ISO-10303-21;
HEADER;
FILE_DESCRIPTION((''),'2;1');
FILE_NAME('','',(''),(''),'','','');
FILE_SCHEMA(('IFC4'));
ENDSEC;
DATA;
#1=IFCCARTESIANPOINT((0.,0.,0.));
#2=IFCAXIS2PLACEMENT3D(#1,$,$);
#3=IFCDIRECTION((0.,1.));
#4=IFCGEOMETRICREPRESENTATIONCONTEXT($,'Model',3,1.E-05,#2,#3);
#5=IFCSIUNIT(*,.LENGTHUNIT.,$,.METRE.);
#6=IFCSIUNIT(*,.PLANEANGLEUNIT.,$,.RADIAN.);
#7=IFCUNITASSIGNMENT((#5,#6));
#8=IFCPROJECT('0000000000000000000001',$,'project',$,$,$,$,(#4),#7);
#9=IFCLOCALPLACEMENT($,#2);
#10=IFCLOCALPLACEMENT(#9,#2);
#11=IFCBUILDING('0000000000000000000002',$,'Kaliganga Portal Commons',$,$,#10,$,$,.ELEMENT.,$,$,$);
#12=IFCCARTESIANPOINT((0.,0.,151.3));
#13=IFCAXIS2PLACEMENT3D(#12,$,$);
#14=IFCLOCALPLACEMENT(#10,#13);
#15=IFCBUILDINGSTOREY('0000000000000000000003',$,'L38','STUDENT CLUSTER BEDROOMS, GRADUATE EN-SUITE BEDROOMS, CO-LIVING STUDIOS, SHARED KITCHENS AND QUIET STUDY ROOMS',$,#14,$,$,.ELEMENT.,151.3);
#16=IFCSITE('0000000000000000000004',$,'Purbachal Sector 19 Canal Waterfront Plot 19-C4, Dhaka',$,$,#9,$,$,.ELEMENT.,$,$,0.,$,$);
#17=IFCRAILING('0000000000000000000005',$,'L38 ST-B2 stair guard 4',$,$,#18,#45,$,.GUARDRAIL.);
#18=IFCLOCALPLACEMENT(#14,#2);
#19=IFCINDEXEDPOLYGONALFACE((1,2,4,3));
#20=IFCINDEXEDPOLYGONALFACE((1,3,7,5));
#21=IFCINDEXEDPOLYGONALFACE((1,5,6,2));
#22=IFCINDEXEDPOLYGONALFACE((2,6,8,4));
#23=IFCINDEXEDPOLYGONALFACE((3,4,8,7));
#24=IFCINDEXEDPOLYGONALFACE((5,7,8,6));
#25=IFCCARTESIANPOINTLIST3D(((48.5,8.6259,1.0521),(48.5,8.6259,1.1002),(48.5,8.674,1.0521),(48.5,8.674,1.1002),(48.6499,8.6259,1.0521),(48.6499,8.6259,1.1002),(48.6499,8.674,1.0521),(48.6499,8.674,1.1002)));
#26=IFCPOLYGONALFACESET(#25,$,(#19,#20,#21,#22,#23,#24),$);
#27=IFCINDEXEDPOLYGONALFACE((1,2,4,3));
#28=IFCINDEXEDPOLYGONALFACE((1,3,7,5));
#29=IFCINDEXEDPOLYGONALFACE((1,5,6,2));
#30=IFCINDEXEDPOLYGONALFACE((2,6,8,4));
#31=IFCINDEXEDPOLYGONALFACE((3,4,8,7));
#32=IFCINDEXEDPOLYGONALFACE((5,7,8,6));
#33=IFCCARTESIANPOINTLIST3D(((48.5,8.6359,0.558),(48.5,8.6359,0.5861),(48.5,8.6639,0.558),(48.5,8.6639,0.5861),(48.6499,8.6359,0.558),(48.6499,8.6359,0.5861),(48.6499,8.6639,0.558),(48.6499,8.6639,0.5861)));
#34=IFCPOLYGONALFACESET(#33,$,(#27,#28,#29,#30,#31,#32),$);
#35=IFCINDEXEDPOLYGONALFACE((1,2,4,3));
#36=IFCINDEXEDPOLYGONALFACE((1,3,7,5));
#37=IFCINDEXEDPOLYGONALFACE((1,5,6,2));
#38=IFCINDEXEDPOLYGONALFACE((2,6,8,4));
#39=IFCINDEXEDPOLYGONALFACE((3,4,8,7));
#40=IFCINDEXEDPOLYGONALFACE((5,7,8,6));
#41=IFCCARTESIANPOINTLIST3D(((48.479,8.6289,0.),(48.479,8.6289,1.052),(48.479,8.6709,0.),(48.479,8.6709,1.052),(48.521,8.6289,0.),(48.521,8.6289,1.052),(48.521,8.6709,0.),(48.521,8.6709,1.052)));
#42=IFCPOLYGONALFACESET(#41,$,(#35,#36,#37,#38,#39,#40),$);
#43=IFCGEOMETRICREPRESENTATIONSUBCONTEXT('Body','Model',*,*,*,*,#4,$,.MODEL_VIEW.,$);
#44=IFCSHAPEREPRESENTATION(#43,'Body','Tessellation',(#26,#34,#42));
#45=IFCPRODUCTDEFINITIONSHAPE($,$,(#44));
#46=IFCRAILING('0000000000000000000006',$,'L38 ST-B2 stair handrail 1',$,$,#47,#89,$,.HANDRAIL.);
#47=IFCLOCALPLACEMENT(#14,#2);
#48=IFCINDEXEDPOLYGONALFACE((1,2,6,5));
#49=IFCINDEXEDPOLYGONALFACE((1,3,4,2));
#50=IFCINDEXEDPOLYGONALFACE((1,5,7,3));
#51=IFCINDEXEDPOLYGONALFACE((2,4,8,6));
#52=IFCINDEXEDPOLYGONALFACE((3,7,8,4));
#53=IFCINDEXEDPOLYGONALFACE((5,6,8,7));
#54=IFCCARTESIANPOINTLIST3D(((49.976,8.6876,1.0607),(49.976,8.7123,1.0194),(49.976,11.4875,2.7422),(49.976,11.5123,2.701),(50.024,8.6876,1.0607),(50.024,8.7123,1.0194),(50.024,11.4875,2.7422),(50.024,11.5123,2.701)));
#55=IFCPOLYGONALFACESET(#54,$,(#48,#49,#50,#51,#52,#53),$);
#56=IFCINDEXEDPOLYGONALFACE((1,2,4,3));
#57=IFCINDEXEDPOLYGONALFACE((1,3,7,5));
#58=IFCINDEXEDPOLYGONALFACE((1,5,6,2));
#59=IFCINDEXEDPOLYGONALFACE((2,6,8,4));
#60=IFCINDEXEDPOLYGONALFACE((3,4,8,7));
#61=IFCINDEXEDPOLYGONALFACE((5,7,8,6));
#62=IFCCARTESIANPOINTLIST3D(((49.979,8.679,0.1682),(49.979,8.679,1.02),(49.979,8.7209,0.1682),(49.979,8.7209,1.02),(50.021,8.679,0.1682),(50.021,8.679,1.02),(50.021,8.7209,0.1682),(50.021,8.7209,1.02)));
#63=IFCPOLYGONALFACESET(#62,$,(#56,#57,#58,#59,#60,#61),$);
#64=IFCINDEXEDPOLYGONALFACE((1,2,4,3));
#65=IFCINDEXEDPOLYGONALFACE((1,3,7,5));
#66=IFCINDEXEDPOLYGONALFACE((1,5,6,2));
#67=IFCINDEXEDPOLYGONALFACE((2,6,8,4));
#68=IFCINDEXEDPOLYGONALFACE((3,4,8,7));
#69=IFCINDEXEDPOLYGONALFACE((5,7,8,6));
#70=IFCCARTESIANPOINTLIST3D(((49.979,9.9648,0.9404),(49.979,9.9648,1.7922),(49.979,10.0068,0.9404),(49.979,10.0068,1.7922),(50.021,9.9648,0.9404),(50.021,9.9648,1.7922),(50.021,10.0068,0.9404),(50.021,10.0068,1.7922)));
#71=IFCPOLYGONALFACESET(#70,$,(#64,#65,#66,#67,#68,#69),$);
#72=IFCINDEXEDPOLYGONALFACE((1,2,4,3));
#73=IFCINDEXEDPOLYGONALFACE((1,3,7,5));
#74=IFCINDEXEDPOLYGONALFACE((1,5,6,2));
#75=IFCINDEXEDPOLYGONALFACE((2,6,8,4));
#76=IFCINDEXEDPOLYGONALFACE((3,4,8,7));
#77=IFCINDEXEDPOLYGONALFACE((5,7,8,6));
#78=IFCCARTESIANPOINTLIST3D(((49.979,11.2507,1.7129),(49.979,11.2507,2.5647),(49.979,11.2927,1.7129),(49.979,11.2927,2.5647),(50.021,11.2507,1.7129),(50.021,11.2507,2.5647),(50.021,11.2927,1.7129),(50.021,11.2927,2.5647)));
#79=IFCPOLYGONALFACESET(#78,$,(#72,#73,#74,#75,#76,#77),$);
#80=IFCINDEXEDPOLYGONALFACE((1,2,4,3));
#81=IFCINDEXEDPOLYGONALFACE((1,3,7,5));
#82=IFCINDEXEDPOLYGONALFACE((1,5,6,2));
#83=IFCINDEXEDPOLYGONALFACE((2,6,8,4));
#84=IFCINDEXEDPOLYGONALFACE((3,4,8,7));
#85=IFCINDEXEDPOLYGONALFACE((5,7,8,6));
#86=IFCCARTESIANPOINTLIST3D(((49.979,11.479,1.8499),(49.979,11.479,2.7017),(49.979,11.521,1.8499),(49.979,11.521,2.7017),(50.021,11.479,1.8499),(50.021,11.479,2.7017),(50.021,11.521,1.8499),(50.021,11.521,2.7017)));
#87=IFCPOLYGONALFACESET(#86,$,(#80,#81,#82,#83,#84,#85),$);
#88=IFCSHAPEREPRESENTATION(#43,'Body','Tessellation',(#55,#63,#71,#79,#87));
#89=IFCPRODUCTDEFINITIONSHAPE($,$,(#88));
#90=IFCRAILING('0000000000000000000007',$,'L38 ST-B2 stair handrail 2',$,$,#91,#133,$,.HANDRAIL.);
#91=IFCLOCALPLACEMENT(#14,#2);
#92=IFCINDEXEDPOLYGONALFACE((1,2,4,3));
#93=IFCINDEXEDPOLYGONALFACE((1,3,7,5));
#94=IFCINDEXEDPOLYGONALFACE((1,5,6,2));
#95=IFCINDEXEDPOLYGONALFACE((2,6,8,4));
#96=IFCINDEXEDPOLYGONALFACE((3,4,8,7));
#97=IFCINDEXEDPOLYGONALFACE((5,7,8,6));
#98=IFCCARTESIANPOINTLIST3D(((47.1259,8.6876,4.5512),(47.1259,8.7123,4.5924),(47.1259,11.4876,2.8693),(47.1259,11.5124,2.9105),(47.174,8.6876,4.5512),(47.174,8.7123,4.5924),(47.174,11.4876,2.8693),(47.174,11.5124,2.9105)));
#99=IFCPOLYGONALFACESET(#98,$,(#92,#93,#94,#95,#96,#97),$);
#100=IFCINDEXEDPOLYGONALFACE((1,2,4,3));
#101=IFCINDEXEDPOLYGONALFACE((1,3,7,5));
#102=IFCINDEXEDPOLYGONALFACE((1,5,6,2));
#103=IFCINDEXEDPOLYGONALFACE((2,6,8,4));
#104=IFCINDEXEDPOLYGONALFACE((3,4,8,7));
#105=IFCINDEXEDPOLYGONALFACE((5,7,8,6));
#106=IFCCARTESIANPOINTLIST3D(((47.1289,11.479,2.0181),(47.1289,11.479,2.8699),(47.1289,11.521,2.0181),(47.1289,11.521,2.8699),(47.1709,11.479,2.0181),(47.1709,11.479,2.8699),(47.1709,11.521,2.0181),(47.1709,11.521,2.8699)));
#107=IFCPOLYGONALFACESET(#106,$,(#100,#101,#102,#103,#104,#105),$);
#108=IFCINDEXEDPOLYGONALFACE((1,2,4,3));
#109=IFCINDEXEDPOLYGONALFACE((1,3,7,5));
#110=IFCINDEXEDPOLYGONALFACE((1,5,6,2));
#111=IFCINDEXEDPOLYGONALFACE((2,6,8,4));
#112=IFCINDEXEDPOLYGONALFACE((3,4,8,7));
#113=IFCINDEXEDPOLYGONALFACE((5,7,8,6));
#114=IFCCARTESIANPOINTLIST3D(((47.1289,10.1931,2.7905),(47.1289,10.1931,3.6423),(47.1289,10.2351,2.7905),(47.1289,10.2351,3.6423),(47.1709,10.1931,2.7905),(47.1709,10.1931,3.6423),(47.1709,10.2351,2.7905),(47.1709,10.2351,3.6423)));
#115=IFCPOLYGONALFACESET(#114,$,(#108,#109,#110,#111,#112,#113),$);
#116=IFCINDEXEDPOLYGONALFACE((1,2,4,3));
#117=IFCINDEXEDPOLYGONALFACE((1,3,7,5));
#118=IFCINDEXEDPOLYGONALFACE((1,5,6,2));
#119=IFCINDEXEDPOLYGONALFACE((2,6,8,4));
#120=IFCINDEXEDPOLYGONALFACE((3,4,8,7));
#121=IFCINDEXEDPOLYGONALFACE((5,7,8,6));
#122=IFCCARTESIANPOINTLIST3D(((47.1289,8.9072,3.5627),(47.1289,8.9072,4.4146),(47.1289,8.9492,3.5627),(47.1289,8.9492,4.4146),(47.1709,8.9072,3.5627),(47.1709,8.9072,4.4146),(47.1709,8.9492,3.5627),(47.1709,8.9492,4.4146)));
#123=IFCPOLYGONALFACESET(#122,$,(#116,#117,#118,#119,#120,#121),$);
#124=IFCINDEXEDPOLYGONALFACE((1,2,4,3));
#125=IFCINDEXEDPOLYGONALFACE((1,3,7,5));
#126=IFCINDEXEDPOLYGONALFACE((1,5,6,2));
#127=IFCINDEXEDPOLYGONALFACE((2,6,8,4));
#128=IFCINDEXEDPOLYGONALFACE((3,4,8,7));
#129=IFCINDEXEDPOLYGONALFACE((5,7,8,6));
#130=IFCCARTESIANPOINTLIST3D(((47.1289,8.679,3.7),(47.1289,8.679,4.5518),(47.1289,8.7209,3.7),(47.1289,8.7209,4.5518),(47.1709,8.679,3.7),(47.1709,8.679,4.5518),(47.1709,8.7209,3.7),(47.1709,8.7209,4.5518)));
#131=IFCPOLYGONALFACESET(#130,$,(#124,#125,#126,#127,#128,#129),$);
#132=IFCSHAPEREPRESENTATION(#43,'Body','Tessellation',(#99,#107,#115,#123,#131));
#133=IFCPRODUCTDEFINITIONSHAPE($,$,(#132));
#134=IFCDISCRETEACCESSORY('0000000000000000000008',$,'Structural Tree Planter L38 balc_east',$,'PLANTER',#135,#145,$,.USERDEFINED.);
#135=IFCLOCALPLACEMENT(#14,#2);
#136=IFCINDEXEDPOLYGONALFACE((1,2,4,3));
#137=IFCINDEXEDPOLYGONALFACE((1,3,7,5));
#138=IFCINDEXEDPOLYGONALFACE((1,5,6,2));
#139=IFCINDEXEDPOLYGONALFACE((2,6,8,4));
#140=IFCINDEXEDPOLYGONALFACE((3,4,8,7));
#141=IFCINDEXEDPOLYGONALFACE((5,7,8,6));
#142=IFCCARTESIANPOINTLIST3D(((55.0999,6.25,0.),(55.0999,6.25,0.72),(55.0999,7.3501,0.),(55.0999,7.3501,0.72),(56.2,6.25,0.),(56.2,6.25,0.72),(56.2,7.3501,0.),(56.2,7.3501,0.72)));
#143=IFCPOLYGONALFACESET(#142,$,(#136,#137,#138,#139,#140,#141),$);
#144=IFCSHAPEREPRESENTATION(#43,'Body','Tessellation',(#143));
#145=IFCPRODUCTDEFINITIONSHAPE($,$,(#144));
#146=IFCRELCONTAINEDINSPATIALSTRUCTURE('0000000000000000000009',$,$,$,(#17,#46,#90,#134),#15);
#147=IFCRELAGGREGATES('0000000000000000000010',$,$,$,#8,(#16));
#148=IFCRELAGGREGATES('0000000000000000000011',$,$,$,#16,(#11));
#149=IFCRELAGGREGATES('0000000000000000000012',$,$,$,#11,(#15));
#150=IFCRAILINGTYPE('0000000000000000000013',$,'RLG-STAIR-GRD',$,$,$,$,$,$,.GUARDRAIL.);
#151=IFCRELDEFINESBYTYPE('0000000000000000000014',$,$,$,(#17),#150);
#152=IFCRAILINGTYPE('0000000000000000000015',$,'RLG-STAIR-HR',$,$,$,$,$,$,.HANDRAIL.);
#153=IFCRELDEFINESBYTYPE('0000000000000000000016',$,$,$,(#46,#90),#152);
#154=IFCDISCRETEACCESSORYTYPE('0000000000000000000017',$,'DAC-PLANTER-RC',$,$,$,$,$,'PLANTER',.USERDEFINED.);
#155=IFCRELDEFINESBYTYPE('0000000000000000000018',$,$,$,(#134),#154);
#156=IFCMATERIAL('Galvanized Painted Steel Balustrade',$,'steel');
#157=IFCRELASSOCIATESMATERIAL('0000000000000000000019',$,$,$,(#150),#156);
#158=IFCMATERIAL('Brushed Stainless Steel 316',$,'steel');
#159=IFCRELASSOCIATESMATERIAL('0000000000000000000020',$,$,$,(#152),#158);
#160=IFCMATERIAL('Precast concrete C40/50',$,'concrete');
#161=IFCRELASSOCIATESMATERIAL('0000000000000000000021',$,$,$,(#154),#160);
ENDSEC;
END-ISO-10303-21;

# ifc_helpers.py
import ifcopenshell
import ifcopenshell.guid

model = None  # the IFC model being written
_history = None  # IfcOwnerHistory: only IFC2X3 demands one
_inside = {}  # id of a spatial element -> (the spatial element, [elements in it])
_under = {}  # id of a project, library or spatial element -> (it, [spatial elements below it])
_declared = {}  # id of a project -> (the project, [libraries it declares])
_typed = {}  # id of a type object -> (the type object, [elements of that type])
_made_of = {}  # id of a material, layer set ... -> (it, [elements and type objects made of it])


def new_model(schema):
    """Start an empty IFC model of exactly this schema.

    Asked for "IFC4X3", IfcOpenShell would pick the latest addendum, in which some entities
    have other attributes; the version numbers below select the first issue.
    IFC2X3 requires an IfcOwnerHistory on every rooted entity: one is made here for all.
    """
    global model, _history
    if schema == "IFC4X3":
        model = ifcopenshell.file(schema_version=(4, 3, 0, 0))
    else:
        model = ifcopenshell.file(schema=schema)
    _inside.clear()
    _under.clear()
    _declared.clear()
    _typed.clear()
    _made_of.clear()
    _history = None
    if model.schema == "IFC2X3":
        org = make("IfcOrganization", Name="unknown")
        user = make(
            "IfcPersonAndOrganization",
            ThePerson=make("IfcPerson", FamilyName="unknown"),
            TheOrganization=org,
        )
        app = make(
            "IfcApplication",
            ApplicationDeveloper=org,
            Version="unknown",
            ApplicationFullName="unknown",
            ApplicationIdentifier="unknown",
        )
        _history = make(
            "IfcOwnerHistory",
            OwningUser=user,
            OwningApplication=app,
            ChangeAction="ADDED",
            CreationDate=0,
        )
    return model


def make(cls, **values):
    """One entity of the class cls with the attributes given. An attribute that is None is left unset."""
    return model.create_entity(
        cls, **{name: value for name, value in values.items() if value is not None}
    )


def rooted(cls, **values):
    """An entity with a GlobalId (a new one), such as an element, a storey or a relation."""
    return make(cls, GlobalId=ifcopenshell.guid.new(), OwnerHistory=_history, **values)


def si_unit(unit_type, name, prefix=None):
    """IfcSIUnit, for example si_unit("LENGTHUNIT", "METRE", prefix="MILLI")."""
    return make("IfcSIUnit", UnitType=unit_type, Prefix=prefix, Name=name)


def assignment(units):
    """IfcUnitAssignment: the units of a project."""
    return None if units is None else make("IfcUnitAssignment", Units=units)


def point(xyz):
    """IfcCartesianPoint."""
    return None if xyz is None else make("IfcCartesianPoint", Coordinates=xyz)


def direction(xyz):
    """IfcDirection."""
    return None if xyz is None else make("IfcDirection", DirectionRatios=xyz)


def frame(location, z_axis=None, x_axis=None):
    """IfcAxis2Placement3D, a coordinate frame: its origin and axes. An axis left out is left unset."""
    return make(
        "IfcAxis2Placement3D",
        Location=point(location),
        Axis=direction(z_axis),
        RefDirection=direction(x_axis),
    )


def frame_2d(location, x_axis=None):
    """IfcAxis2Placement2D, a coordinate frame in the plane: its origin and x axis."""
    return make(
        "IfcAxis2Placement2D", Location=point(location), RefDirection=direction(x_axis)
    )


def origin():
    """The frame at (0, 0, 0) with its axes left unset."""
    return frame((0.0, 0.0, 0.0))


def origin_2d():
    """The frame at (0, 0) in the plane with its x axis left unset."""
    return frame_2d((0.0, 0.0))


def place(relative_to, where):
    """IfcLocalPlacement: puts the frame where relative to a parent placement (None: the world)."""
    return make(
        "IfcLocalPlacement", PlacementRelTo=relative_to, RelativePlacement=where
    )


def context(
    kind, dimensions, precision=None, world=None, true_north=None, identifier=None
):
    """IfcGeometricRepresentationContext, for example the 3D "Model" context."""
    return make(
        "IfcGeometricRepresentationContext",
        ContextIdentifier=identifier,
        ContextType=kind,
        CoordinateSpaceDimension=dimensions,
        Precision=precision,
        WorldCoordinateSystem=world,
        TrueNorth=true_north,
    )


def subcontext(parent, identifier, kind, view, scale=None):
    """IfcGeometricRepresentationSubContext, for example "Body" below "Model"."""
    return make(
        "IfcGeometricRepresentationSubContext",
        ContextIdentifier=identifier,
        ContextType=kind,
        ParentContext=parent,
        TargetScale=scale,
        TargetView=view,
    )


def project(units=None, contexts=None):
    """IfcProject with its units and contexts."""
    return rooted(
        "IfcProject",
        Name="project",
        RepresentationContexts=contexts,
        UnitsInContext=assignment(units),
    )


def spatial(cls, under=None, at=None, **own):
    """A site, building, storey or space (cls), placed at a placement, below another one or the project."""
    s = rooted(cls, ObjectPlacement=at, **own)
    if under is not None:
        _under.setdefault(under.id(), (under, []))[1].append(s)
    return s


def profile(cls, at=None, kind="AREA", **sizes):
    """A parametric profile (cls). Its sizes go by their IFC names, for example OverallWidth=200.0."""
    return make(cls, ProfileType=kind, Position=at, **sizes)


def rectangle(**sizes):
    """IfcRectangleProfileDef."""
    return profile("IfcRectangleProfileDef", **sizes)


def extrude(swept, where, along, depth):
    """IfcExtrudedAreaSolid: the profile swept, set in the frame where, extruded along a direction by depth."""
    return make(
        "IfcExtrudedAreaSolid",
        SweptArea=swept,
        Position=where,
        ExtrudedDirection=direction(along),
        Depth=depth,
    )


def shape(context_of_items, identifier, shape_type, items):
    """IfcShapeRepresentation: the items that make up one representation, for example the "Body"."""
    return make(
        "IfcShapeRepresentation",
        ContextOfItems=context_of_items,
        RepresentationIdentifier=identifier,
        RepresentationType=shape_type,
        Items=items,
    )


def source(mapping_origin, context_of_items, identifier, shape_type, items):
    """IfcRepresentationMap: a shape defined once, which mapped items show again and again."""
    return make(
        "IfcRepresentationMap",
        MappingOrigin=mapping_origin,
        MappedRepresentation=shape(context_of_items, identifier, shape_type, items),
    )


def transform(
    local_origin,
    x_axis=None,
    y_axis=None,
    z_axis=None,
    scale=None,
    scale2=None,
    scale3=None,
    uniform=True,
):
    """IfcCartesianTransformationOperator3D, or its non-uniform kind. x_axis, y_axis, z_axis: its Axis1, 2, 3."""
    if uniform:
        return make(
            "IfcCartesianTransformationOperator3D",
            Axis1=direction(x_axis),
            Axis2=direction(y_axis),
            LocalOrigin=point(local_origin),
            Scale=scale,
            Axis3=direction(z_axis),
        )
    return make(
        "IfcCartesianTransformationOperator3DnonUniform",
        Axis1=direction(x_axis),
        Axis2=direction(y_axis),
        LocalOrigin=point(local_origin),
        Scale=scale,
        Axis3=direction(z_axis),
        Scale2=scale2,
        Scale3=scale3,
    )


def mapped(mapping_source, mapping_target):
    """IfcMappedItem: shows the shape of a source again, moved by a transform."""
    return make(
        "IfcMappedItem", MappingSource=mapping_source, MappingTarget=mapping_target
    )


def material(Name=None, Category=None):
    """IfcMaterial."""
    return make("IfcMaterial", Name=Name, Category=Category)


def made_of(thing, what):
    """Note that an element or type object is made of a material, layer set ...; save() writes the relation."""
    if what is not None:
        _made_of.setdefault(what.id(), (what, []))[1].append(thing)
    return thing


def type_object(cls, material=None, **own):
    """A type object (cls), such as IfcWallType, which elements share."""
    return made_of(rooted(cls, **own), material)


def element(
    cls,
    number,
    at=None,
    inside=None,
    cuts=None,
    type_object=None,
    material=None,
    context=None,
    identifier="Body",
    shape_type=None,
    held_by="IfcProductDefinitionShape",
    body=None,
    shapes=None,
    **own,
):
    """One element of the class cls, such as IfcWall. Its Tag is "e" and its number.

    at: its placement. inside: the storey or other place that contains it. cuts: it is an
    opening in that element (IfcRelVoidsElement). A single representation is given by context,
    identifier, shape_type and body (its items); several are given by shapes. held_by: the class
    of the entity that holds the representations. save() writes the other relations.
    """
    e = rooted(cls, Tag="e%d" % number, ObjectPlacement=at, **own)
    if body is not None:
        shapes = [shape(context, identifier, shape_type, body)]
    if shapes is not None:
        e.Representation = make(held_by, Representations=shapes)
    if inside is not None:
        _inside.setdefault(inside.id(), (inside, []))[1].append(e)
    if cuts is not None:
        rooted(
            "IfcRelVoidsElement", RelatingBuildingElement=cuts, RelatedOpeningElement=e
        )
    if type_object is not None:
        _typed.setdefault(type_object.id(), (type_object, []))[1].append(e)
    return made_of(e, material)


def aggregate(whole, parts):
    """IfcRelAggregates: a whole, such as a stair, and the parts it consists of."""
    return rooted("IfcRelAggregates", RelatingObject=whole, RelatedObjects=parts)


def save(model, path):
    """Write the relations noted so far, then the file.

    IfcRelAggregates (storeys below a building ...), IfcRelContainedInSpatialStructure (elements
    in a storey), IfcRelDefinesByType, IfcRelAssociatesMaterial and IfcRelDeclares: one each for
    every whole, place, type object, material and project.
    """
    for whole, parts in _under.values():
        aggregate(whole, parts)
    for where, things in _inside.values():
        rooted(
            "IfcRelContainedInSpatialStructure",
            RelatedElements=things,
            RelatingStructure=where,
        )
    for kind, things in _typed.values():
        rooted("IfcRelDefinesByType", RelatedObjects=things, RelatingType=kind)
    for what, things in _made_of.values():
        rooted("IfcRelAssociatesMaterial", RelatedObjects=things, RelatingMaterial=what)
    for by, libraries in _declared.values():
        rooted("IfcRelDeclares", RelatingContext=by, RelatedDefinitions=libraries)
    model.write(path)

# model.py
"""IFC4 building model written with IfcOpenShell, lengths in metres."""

from ifc_helpers import new_model, si_unit, direction, frame, origin, origin_2d, place, context, subcontext, project, spatial, rectangle, extrude, source, transform, mapped, material, type_object, element, save


model = new_model("IFC4")

# Units and contexts
model_context = context("Model", 3, precision=1e-05, world=origin(), true_north=direction((0.0, 1.0)))
body_context = subcontext(model_context, "Body", "Model", "MODEL_VIEW")
ifc_project = project(units=[si_unit("LENGTHUNIT", "METRE"), si_unit("PLANEANGLEUNIT", "RADIAN")], contexts=[model_context])

# Site, building, storey
site_placement = place(None, origin())
site = spatial("IfcSite", under=ifc_project, at=site_placement, Name="Purbachal Sector 19 Canal Waterfront Plot 19-C4, Dhaka", CompositionType="ELEMENT", RefElevation=0.0)
building_placement = place(site_placement, origin())
building = spatial("IfcBuilding", under=site, at=building_placement, Name="Kaliganga Portal Commons", CompositionType="ELEMENT")
storey_placement = place(building_placement, frame((0.0, 0.0, 151.3)))
storey = spatial("IfcBuildingStorey", under=building, at=storey_placement, Name="L38", Description="STUDENT CLUSTER BEDROOMS, GRADUATE EN-SUITE BEDROOMS, CO-LIVING STUDIOS, SHARED KITCHENS AND QUIET STUDY ROOMS", CompositionType="ELEMENT", Elevation=151.3)

# Railings
ifc_material_1 = material(Name="Galvanized Painted Steel Balustrade", Category="steel")
railing_type_1 = type_object("IfcRailingType", Name="RLG-STAIR-GRD", PredefinedType="GUARDRAIL", material=ifc_material_1)
railing_1_placement = place(storey_placement, frame((48.6499, 8.6499, 0.0)))
element("IfcRailing", 1, at=railing_1_placement, inside=storey, type_object=railing_type_1, Name="L38 ST-B2 stair guard 4", PredefinedType="GUARDRAIL", context=body_context, shape_type="SweptSolid", body=[
    extrude(rectangle(XDim=0.0481, YDim=0.0481, at=origin_2d()), frame((0.0, 0.0, 1.0762), z_axis=(-1.0, 0.0, 0.0), x_axis=(0.0, -1.0, 0.0)), (0.0, 0.0, 1.0), 0.1499),
    extrude(rectangle(XDim=0.0281, YDim=0.0281, at=origin_2d()), frame((0.0, 0.0, 0.572), z_axis=(-1.0, 0.0, 0.0), x_axis=(0.0, -1.0, 0.0)), (0.0, 0.0, 1.0), 0.1499),
    extrude(rectangle(XDim=0.042, YDim=0.042, at=origin_2d()), frame((-0.1499, 0.0, 0.0)), (0.0, 0.0, 1.0), 1.052),
])
ifc_material_2 = material(Name="Brushed Stainless Steel 316", Category="steel")
railing_type_2 = type_object("IfcRailingType", Name="RLG-STAIR-HR", PredefinedType="HANDRAIL", material=ifc_material_2)
railing_2_placement = place(storey_placement, frame((50.0, 8.7, 0.1682)))
element("IfcRailing", 2, at=railing_2_placement, inside=storey, type_object=railing_type_2, Name="L38 ST-B2 stair handrail 1", PredefinedType="HANDRAIL", context=body_context, shape_type="SweptSolid", body=[
    extrude(rectangle(XDim=0.0481, YDim=0.0481, at=origin_2d()), frame((0.0, 0.0, 0.8718), z_axis=(0.0, 0.857275, 0.514858), x_axis=(-1.0, 0.0, 0.0)), (0.0, 0.0, 1.0), 3.2661),
    extrude(rectangle(XDim=0.042, YDim=0.042, at=origin_2d()), origin(), (0.0, 0.0, 1.0), 0.8518),
    extrude(rectangle(XDim=0.042, YDim=0.042, at=origin_2d()), frame((0.0, 1.2859, 0.7722)), (0.0, 0.0, 1.0), 0.8518),
    extrude(rectangle(XDim=0.042, YDim=0.042, at=origin_2d()), frame((0.0, 2.5718, 1.5447)), (0.0, 0.0, 1.0), 0.8518),
    extrude(rectangle(XDim=0.042, YDim=0.042, at=origin_2d()), frame((0.0, 2.8, 1.6816)), (0.0, 0.0, 1.0), 0.8518),
])
railing_3_placement = place(storey_placement, frame((47.1499, 11.5, 2.0181)))
element("IfcRailing", 3, at=railing_3_placement, inside=storey, type_object=railing_type_2, Name="L38 ST-B2 stair handrail 2", PredefinedType="HANDRAIL", context=body_context, shape_type="SweptSolid", body=[
    extrude(rectangle(XDim=0.0481, YDim=0.0481, at=origin_2d()), frame((0.0, 0.0, 0.8718), z_axis=(0.0, -0.857242, 0.514913), x_axis=(1.0, 0.0, 0.0)), (0.0, 0.0, 1.0), 3.2664),
    extrude(rectangle(XDim=0.042, YDim=0.042, at=origin_2d()), origin(), (0.0, 0.0, 1.0), 0.8518),
    extrude(rectangle(XDim=0.042, YDim=0.042, at=origin_2d()), frame((0.0, -1.2859, 0.7725)), (0.0, 0.0, 1.0), 0.8518),
    extrude(rectangle(XDim=0.042, YDim=0.042, at=origin_2d()), frame((0.0, -2.5718, 1.5447)), (0.0, 0.0, 1.0), 0.8518),
    extrude(rectangle(XDim=0.042, YDim=0.042, at=origin_2d()), frame((0.0, -2.8, 1.6819)), (0.0, 0.0, 1.0), 0.8518),
])

# Discrete accessory
ifc_material_3 = material(Name="Precast concrete C40/50", Category="concrete")
discrete_accessory_type = type_object("IfcDiscreteAccessoryType", Name="DAC-PLANTER-RC", ElementType="PLANTER", PredefinedType="USERDEFINED", material=ifc_material_3)
shared_shape_1 = source(origin(), body_context, "Body", "SweptSolid", [
    extrude(rectangle(XDim=1.1001, YDim=1.1001, at=origin_2d()), origin(), (0.0, 0.0, 1.0), 0.72),
])
discrete_accessory_placement = place(storey_placement, frame((55.6499, 6.8, 0.0), z_axis=(0.0, 0.0, 1.0), x_axis=(1.0, 0.0, 0.0)))
element("IfcDiscreteAccessory", 4, at=discrete_accessory_placement, inside=storey, type_object=discrete_accessory_type, Name="Structural Tree Planter L38 balc_east", ObjectType="PLANTER", PredefinedType="USERDEFINED", context=body_context, shape_type="MappedRepresentation", body=[
    mapped(shared_shape_1, transform((0.0, 0.0, 0.0), x_axis=(1.0, 0.0, 0.0), y_axis=(0.0, 1.0, 0.0), z_axis=(0.0, 0.0, 1.0), scale=1.0)),
])

save(model, "model.ifc")
